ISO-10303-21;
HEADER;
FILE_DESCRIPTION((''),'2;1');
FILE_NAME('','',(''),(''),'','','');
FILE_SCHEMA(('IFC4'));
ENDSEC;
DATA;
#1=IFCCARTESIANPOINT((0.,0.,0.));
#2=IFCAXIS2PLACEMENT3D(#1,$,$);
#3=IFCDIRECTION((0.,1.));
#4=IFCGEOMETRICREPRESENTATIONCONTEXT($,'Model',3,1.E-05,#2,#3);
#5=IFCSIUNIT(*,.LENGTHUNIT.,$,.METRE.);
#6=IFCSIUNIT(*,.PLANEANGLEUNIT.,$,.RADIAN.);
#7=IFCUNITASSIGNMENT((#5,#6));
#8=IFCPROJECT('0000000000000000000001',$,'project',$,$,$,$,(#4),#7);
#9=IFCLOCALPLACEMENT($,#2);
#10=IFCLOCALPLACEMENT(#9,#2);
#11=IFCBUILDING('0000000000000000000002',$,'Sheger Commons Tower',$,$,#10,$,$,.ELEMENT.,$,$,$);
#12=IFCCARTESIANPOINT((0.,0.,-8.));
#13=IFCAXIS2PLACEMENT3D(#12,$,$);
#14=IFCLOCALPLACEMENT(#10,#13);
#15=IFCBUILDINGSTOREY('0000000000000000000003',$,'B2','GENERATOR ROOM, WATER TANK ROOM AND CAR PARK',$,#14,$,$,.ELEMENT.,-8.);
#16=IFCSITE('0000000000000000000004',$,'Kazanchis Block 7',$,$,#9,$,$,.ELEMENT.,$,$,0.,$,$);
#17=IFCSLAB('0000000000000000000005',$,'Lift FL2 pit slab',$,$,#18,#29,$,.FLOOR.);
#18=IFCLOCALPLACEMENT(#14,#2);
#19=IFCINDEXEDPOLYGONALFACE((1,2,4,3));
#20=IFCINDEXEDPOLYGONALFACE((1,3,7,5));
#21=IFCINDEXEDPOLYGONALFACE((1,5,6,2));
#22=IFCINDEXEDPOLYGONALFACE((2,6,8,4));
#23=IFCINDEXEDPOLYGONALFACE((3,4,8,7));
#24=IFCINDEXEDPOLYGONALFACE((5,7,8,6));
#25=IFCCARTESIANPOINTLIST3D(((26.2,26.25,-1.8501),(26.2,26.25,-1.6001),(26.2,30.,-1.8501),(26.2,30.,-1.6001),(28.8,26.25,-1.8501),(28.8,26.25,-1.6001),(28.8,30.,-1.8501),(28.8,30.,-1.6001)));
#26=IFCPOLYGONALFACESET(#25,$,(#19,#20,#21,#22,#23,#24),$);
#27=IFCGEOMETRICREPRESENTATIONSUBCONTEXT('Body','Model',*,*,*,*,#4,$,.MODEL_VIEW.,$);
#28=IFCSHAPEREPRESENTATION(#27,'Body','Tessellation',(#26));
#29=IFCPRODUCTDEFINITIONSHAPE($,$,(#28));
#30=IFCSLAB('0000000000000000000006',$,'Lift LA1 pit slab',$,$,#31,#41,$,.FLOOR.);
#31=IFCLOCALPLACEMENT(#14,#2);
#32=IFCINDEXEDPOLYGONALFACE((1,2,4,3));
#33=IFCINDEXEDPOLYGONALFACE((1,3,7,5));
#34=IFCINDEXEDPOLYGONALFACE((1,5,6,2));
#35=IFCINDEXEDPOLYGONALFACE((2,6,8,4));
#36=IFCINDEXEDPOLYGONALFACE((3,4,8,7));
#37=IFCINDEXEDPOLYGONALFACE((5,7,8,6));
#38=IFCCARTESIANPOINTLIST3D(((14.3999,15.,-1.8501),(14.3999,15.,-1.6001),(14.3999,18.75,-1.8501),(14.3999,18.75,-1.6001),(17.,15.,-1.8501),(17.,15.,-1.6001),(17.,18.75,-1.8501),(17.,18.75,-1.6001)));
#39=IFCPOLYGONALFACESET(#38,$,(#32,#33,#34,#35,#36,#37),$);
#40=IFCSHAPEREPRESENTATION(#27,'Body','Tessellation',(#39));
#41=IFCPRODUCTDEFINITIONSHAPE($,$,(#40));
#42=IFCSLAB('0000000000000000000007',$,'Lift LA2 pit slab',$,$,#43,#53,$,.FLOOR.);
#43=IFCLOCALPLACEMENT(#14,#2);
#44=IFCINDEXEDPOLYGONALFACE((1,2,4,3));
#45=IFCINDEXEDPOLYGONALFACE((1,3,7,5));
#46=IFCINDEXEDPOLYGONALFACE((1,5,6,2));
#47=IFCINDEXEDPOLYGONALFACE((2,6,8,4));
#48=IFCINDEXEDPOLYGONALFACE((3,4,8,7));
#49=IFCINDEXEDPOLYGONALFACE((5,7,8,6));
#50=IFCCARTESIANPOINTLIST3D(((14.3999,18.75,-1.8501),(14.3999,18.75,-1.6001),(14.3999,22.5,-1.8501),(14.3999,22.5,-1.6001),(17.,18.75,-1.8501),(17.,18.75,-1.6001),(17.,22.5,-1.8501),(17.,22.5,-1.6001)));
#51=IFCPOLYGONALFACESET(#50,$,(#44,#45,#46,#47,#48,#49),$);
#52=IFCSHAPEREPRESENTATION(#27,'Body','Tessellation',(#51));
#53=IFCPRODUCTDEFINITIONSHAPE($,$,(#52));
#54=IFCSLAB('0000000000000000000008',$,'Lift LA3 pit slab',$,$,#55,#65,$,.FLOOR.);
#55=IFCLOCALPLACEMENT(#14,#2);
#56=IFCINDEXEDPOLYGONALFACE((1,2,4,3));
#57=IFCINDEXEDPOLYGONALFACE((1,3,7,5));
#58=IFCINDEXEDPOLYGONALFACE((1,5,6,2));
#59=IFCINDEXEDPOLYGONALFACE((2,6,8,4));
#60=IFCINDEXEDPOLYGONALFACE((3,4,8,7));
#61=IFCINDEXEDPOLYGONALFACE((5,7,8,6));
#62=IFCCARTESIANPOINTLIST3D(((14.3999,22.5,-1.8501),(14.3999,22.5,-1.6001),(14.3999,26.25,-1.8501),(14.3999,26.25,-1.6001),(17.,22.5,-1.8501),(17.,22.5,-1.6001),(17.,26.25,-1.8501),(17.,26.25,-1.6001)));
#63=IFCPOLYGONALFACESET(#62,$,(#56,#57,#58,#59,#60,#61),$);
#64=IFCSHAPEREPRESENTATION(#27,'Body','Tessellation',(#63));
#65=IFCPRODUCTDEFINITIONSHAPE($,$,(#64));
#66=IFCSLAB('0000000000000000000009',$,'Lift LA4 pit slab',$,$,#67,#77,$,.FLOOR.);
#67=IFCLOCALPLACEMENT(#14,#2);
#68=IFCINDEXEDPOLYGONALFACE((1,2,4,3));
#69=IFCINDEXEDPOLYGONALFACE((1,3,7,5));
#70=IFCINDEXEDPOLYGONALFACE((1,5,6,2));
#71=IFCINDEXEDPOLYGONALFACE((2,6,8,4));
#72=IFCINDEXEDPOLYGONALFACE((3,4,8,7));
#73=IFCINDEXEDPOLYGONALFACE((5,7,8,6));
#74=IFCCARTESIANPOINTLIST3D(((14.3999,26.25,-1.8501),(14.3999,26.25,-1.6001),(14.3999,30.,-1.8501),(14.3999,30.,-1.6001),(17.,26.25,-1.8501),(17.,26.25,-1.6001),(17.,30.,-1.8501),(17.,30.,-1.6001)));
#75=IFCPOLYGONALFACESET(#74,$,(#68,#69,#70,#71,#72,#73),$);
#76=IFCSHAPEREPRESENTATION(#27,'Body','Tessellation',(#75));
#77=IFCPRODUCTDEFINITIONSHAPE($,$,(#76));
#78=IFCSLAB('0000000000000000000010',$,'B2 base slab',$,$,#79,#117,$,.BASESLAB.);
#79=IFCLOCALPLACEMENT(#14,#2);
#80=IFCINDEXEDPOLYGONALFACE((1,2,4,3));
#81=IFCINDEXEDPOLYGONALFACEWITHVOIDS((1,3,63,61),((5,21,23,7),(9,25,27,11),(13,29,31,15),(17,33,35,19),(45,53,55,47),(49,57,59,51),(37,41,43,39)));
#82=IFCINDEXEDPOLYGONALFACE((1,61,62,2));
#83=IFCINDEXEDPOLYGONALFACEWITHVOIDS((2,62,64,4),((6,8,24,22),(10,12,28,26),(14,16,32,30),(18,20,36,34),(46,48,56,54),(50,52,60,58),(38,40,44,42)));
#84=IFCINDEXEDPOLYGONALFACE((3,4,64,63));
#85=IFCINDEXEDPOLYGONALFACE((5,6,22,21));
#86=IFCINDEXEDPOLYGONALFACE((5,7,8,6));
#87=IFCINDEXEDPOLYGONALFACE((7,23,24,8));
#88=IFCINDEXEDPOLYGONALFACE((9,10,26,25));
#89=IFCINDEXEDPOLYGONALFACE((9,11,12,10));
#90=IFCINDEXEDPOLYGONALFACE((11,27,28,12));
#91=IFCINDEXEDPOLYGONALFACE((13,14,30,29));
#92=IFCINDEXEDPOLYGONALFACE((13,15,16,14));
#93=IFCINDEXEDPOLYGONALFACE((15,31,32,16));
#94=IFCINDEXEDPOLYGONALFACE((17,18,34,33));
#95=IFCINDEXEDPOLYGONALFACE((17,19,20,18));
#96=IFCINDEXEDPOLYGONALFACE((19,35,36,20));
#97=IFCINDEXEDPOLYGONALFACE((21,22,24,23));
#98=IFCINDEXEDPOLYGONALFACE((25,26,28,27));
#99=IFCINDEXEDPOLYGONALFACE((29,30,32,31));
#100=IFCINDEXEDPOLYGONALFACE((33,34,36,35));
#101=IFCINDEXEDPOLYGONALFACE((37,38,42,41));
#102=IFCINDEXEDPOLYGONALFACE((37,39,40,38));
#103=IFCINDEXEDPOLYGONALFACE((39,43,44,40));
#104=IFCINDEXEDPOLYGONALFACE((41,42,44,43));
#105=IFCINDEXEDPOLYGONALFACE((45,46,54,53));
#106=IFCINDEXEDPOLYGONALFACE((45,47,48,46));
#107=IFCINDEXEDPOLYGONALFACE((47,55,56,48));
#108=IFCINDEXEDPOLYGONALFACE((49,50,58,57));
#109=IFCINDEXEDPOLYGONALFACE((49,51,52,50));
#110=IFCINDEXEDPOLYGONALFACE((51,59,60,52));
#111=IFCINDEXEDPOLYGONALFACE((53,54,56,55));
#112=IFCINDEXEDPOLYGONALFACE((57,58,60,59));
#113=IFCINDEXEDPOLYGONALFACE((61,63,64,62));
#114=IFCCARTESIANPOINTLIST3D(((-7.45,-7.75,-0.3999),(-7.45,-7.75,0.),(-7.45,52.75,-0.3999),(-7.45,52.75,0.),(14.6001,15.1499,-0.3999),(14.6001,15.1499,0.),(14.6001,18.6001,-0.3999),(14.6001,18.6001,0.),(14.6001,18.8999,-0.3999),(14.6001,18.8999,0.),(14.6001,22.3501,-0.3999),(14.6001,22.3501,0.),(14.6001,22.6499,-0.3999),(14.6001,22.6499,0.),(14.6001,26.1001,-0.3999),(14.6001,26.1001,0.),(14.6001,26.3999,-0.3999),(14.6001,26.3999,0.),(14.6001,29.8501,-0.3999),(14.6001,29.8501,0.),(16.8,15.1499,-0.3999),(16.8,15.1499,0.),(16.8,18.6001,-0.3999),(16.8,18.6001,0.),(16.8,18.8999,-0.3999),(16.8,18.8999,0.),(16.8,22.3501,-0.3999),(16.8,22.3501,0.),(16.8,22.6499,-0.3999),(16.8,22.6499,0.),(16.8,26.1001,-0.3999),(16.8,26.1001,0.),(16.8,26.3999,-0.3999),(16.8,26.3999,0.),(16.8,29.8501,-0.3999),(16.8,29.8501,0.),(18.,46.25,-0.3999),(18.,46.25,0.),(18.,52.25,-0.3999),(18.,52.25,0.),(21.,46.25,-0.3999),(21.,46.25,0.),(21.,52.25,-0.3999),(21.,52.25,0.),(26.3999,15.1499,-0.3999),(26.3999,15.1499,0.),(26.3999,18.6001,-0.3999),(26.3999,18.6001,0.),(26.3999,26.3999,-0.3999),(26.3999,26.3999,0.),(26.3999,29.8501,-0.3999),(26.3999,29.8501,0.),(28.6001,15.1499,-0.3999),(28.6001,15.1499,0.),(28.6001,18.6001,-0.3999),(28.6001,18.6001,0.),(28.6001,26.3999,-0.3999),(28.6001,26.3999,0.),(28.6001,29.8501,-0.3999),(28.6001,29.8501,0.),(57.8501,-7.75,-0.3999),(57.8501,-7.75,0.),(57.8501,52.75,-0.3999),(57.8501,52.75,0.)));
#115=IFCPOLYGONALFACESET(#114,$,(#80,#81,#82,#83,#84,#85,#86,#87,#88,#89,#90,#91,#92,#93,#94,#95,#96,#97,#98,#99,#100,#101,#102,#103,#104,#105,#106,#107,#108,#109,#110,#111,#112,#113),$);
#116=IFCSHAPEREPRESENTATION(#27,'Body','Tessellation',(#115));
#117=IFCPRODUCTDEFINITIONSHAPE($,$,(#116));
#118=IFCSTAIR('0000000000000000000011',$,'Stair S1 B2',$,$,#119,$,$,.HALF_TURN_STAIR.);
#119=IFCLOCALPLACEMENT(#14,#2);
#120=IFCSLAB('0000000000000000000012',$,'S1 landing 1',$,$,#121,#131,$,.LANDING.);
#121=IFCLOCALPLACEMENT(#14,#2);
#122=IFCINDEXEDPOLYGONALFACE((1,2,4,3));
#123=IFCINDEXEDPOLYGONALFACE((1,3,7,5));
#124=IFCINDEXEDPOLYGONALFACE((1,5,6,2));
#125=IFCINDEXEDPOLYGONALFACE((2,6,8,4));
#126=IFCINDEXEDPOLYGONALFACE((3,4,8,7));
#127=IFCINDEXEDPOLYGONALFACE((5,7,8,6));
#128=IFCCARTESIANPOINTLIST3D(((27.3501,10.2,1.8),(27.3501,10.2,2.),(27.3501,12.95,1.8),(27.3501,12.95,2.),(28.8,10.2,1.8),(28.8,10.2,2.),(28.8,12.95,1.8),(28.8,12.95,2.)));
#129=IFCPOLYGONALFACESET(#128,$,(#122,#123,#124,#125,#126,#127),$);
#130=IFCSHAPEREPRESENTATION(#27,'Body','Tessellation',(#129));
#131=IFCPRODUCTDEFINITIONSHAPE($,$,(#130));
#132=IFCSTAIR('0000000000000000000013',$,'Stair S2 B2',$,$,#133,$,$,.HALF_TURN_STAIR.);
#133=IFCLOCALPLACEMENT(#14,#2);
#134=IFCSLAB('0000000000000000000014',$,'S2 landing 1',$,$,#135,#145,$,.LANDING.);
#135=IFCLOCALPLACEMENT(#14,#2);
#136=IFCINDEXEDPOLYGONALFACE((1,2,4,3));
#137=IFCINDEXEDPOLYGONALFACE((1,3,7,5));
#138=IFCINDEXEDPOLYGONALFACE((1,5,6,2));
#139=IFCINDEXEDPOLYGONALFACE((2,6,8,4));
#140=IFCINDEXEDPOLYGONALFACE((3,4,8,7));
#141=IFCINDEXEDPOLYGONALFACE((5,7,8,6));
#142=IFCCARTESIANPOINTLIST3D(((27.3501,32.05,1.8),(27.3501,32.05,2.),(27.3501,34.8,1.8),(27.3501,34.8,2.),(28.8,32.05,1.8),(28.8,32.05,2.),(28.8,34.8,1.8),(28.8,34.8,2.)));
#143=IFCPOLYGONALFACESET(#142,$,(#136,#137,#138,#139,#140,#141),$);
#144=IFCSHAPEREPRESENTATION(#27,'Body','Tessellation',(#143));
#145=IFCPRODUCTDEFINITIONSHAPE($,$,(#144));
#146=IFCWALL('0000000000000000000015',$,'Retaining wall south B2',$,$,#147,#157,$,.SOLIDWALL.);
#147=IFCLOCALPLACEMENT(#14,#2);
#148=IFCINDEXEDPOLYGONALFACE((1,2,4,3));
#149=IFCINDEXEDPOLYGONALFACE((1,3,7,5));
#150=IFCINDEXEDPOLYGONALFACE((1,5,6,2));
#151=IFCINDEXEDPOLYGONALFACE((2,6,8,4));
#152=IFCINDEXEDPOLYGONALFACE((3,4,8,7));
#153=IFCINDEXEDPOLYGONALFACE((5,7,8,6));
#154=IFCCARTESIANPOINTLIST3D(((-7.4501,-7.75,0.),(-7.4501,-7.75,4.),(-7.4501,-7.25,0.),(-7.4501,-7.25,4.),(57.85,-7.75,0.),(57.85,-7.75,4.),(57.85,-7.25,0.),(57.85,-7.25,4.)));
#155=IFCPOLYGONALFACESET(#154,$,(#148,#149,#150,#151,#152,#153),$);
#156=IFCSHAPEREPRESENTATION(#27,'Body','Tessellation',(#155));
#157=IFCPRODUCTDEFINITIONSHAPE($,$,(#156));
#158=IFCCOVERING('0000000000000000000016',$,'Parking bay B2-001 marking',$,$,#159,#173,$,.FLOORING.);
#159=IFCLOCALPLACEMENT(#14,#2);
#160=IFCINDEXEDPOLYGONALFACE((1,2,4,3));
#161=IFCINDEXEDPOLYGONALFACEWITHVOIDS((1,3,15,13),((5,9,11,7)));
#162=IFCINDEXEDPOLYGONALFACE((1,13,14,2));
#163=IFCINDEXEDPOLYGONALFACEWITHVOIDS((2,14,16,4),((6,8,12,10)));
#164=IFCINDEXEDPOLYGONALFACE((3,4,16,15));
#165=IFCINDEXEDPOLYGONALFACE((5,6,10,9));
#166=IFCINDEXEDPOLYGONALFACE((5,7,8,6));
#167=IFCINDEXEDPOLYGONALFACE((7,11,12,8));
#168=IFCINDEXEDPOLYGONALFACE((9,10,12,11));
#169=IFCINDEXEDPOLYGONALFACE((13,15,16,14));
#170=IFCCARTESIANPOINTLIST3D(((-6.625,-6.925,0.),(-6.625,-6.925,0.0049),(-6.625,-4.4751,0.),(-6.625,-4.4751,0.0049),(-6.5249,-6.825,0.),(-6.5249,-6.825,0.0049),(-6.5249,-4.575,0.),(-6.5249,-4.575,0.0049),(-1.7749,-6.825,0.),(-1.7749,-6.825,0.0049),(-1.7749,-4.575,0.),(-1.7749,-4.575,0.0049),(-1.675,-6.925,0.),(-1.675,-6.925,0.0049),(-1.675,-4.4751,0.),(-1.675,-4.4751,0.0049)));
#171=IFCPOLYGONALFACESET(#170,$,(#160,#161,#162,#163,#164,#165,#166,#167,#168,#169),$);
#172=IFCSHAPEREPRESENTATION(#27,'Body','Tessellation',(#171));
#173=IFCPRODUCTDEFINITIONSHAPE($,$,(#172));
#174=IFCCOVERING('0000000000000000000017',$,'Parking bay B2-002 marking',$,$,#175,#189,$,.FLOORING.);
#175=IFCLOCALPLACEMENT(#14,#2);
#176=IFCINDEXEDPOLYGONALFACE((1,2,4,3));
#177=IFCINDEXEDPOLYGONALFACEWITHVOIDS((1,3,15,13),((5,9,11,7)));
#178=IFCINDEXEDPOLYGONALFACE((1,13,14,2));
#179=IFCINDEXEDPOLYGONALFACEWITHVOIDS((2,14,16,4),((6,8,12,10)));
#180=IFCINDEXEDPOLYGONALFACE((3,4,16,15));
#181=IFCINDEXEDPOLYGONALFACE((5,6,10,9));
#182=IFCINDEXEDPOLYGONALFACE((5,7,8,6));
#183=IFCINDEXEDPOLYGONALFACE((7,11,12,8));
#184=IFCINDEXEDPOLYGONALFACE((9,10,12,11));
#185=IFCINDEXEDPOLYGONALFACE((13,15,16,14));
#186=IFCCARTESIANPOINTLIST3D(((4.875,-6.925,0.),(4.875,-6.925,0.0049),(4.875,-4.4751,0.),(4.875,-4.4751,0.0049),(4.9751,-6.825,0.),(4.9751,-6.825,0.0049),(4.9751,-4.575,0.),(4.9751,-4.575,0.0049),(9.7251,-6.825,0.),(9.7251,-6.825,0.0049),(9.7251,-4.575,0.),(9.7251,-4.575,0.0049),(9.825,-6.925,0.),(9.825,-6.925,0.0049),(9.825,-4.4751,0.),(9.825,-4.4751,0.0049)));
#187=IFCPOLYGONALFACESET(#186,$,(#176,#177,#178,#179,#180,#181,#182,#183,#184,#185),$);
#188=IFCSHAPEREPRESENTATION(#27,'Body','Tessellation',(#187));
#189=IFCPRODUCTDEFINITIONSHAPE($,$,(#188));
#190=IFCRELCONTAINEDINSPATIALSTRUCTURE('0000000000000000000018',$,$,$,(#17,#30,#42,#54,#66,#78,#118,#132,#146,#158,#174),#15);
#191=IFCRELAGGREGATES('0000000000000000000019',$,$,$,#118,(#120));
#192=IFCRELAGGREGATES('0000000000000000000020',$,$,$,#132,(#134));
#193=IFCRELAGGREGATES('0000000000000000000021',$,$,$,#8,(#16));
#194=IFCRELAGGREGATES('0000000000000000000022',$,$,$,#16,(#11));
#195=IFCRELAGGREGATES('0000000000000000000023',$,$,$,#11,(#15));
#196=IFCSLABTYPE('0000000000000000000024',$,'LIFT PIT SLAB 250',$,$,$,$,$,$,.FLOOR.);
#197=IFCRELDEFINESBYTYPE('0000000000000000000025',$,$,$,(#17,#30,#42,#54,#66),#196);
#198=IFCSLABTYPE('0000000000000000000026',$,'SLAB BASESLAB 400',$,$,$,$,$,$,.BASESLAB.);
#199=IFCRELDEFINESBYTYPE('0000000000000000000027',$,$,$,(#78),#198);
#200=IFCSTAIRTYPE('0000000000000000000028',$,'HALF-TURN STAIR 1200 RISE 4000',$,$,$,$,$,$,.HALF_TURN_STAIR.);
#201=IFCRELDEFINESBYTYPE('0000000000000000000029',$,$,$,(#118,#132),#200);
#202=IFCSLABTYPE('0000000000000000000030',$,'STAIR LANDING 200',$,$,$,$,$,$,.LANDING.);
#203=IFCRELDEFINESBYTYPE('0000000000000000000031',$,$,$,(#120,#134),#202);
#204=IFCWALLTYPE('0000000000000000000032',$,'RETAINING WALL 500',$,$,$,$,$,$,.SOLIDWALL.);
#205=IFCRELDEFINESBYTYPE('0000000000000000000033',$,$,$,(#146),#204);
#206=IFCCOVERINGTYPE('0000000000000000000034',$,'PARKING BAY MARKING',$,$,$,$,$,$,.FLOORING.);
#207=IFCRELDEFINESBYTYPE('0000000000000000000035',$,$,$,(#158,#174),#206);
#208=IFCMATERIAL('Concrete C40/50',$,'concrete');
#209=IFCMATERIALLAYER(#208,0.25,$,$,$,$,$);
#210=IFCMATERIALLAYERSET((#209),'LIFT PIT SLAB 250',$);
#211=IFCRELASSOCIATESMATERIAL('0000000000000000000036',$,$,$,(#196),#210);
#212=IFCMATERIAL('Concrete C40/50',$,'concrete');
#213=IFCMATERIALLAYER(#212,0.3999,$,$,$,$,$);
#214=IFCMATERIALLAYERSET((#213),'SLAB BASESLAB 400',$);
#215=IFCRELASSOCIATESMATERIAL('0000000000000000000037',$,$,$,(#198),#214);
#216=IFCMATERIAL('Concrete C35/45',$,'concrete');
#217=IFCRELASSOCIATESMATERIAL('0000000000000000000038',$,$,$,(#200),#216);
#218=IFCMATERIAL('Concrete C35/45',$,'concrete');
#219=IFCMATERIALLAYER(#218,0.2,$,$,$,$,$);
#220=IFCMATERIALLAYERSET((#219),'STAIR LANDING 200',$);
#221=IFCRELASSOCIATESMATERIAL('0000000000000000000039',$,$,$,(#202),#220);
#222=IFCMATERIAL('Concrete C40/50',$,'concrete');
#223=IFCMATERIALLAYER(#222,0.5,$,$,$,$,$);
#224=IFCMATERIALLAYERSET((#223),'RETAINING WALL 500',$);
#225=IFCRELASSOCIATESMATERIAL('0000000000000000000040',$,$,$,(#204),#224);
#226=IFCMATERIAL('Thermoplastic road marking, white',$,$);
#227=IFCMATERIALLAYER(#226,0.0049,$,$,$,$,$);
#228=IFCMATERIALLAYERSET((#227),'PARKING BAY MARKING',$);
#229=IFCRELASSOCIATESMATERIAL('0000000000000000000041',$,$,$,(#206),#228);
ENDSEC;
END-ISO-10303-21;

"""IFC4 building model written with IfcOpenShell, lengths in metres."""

from ifc_helpers import new_model, si_unit, direction, frame, frame_2d, origin, place, context, subcontext, project, spatial, polyline, rectangle, outline, extrude, material, layer, layer_set, type_object, element, aggregate, save


model = new_model("IFC4")

# Units and contexts
model_context = context("Model", 3, precision=1e-05, world=origin(), true_north=direction((0.0, 1.0)))
body_context = subcontext(model_context, "Body", "Model", "MODEL_VIEW")
ifc_project = project(units=[si_unit("LENGTHUNIT", "METRE"), si_unit("PLANEANGLEUNIT", "RADIAN")], contexts=[model_context])

# Site, building, storey
site_placement = place(None, origin())
site = spatial("IfcSite", under=ifc_project, at=site_placement, Name="Kazanchis Block 7", CompositionType="ELEMENT", RefElevation=0.0)
building_placement = place(site_placement, origin())
building = spatial("IfcBuilding", under=site, at=building_placement, Name="Sheger Commons Tower", CompositionType="ELEMENT")
storey_placement = place(building_placement, frame((0.0, 0.0, -8.0)))
storey = spatial("IfcBuildingStorey", under=building, at=storey_placement, Name="B2", Description="GENERATOR ROOM, WATER TANK ROOM AND CAR PARK", CompositionType="ELEMENT", Elevation=-8.0)

# Slabs
ifc_material_1 = material(Name="Concrete C40/50", Category="concrete")
ifc_layer_1 = layer(ifc_material_1, 0.25)
ifc_layer_set_1 = layer_set([ifc_layer_1], Name="LIFT PIT SLAB 250")
slab_type_1 = type_object("IfcSlabType", Name="LIFT PIT SLAB 250", PredefinedType="FLOOR", material=ifc_layer_set_1)
slab_1_placement = place(storey_placement, frame((0.0, 0.0, -1.8501)))
element("IfcSlab", 1, at=slab_1_placement, inside=storey, type_object=slab_type_1, Name="Lift FL2 pit slab", PredefinedType="FLOOR", context=body_context, shape_type="SweptSolid", body=[
    extrude(outline(polyline([(26.2, 26.25), (28.8, 26.25), (28.8, 30.0), (26.2, 30.0), (26.2, 26.25)])), origin(), (0.0, 0.0, 1.0), 0.25),
])
slab_2_placement = place(storey_placement, frame((0.0, 0.0, -1.8501)))
element("IfcSlab", 2, at=slab_2_placement, inside=storey, type_object=slab_type_1, Name="Lift LA1 pit slab", PredefinedType="FLOOR", context=body_context, shape_type="SweptSolid", body=[
    extrude(outline(polyline([(14.3999, 15.0), (17.0, 15.0), (17.0, 18.75), (14.3999, 18.75), (14.3999, 15.0)])), origin(), (0.0, 0.0, 1.0), 0.25),
])
slab_3_placement = place(storey_placement, frame((0.0, 0.0, -1.8501)))
element("IfcSlab", 3, at=slab_3_placement, inside=storey, type_object=slab_type_1, Name="Lift LA2 pit slab", PredefinedType="FLOOR", context=body_context, shape_type="SweptSolid", body=[
    extrude(outline(polyline([(14.3999, 18.75), (17.0, 18.75), (17.0, 22.5), (14.3999, 22.5), (14.3999, 18.75)])), origin(), (0.0, 0.0, 1.0), 0.25),
])
slab_4_placement = place(storey_placement, frame((0.0, 0.0, -1.8501)))
element("IfcSlab", 4, at=slab_4_placement, inside=storey, type_object=slab_type_1, Name="Lift LA3 pit slab", PredefinedType="FLOOR", context=body_context, shape_type="SweptSolid", body=[
    extrude(outline(polyline([(14.3999, 22.5), (17.0, 22.5), (17.0, 26.25), (14.3999, 26.25), (14.3999, 22.5)])), origin(), (0.0, 0.0, 1.0), 0.25),
])
slab_5_placement = place(storey_placement, frame((0.0, 0.0, -1.8501)))
element("IfcSlab", 5, at=slab_5_placement, inside=storey, type_object=slab_type_1, Name="Lift LA4 pit slab", PredefinedType="FLOOR", context=body_context, shape_type="SweptSolid", body=[
    extrude(outline(polyline([(14.3999, 26.25), (17.0, 26.25), (17.0, 30.0), (14.3999, 30.0), (14.3999, 26.25)])), origin(), (0.0, 0.0, 1.0), 0.25),
])
ifc_material_2 = material(Name="Concrete C40/50", Category="concrete")
ifc_layer_2 = layer(ifc_material_2, 0.3999)
ifc_layer_set_2 = layer_set([ifc_layer_2], Name="SLAB BASESLAB 400")
slab_type_2 = type_object("IfcSlabType", Name="SLAB BASESLAB 400", PredefinedType="BASESLAB", material=ifc_layer_set_2)
slab_6_placement = place(storey_placement, frame((0.0, 0.0, -0.3999)))
element("IfcSlab", 6, at=slab_6_placement, inside=storey, type_object=slab_type_2, Name="B2 base slab", PredefinedType="BASESLAB", context=body_context, shape_type="SweptSolid", body=[
    extrude(outline(polyline([(-7.45, -7.75), (57.8501, -7.75), (57.8501, 52.75), (-7.45, 52.75), (-7.45, -7.75)]), holes=[polyline([(26.3999, 15.1499), (28.6001, 15.1499), (28.6001, 18.6001), (26.3999, 18.6001), (26.3999, 15.1499)]), polyline([(26.3999, 26.3999), (28.6001, 26.3999), (28.6001, 29.8501), (26.3999, 29.8501), (26.3999, 26.3999)]), polyline([(14.6001, 15.1499), (16.8, 15.1499), (16.8, 18.6001), (14.6001, 18.6001), (14.6001, 15.1499)]), polyline([(14.6001, 18.8999), (16.8, 18.8999), (16.8, 22.3501), (14.6001, 22.3501), (14.6001, 18.8999)]), polyline([(14.6001, 22.6499), (16.8, 22.6499), (16.8, 26.1001), (14.6001, 26.1001), (14.6001, 22.6499)]), polyline([(14.6001, 26.3999), (16.8, 26.3999), (16.8, 29.8501), (14.6001, 29.8501), (14.6001, 26.3999)]), polyline([(18.0, 46.25), (21.0, 46.25), (21.0, 52.25), (18.0, 52.25), (18.0, 46.25)])]), origin(), (0.0, 0.0, 1.0), 0.3999),
])

# Stairs, slabs
ifc_material_3 = material(Name="Concrete C35/45", Category="concrete")
stair_type = type_object("IfcStairType", Name="HALF-TURN STAIR 1200 RISE 4000", PredefinedType="HALF_TURN_STAIR", material=ifc_material_3)
stair_1_placement = place(storey_placement, origin())
stair_1 = element("IfcStair", 7, at=stair_1_placement, inside=storey, type_object=stair_type, Name="Stair S1 B2", PredefinedType="HALF_TURN_STAIR")
ifc_material_4 = material(Name="Concrete C35/45", Category="concrete")
ifc_layer_3 = layer(ifc_material_4, 0.2)
ifc_layer_set_3 = layer_set([ifc_layer_3], Name="STAIR LANDING 200")
slab_type_3 = type_object("IfcSlabType", Name="STAIR LANDING 200", PredefinedType="LANDING", material=ifc_layer_set_3)
slab_7_placement = place(storey_placement, frame((0.0, 0.0, 1.8)))
slab_7 = element("IfcSlab", 8, at=slab_7_placement, type_object=slab_type_3, Name="S1 landing 1", PredefinedType="LANDING", context=body_context, shape_type="SweptSolid", body=[
    extrude(outline(polyline([(27.3501, 10.2), (28.8, 10.2), (28.8, 12.95), (27.3501, 12.95), (27.3501, 10.2)])), origin(), (0.0, 0.0, 1.0), 0.2),
])
aggregate(stair_1, [slab_7])
stair_2_placement = place(storey_placement, origin())
stair_2 = element("IfcStair", 9, at=stair_2_placement, inside=storey, type_object=stair_type, Name="Stair S2 B2", PredefinedType="HALF_TURN_STAIR")
slab_8_placement = place(storey_placement, frame((0.0, 0.0, 1.8)))
slab_8 = element("IfcSlab", 10, at=slab_8_placement, type_object=slab_type_3, Name="S2 landing 1", PredefinedType="LANDING", context=body_context, shape_type="SweptSolid", body=[
    extrude(outline(polyline([(27.3501, 32.05), (28.8, 32.05), (28.8, 34.8), (27.3501, 34.8), (27.3501, 32.05)])), origin(), (0.0, 0.0, 1.0), 0.2),
])
aggregate(stair_2, [slab_8])

# Wall
ifc_material_5 = material(Name="Concrete C40/50", Category="concrete")
ifc_layer_4 = layer(ifc_material_5, 0.5)
ifc_layer_set_4 = layer_set([ifc_layer_4], Name="RETAINING WALL 500")
wall_type = type_object("IfcWallType", Name="RETAINING WALL 500", PredefinedType="SOLIDWALL", material=ifc_layer_set_4)
wall_placement = place(storey_placement, frame((-7.45, -7.5, 0.0), z_axis=(0.0, 0.0, 1.0), x_axis=(1.0, 0.0, 0.0)))
element("IfcWall", 11, at=wall_placement, inside=storey, type_object=wall_type, Name="Retaining wall south B2", PredefinedType="SOLIDWALL", context=body_context, shape_type="SweptSolid", body=[
    extrude(rectangle(XDim=65.3, YDim=0.5, at=frame_2d((32.6499, 0.0))), origin(), (0.0, 0.0, 1.0), 4.0),
])

# Coverings
ifc_material_6 = material(Name="Thermoplastic road marking, white")
ifc_layer_5 = layer(ifc_material_6, 0.0049)
ifc_layer_set_5 = layer_set([ifc_layer_5], Name="PARKING BAY MARKING")
covering_type_1 = type_object("IfcCoveringType", Name="PARKING BAY MARKING", PredefinedType="FLOORING", material=ifc_layer_set_5)
covering_1_placement = place(storey_placement, origin())
element("IfcCovering", 12, at=covering_1_placement, inside=storey, type_object=covering_type_1, Name="Parking bay B2-001 marking", PredefinedType="FLOORING", context=body_context, shape_type="SweptSolid", body=[
    extrude(outline(polyline([(-6.625, -6.925), (-1.675, -6.925), (-1.675, -4.4751), (-6.625, -4.4751), (-6.625, -6.925)]), holes=[polyline([(-1.7749, -4.575), (-1.7749, -6.825), (-6.5249, -6.825), (-6.5249, -4.575), (-1.7749, -4.575)])]), origin(), (0.0, 0.0, 1.0), 0.0049),
])
covering_2_placement = place(storey_placement, origin())
element("IfcCovering", 13, at=covering_2_placement, inside=storey, type_object=covering_type_1, Name="Parking bay B2-002 marking", PredefinedType="FLOORING", context=body_context, shape_type="SweptSolid", body=[
    extrude(outline(polyline([(4.875, -6.925), (9.825, -6.925), (9.825, -4.4751), (4.875, -4.4751), (4.875, -6.925)]), holes=[polyline([(9.7251, -4.575), (9.7251, -6.825), (4.9751, -6.825), (4.9751, -4.575), (9.7251, -4.575)])]), origin(), (0.0, 0.0, 1.0), 0.0049),
])

save(model, "model.ifc")
